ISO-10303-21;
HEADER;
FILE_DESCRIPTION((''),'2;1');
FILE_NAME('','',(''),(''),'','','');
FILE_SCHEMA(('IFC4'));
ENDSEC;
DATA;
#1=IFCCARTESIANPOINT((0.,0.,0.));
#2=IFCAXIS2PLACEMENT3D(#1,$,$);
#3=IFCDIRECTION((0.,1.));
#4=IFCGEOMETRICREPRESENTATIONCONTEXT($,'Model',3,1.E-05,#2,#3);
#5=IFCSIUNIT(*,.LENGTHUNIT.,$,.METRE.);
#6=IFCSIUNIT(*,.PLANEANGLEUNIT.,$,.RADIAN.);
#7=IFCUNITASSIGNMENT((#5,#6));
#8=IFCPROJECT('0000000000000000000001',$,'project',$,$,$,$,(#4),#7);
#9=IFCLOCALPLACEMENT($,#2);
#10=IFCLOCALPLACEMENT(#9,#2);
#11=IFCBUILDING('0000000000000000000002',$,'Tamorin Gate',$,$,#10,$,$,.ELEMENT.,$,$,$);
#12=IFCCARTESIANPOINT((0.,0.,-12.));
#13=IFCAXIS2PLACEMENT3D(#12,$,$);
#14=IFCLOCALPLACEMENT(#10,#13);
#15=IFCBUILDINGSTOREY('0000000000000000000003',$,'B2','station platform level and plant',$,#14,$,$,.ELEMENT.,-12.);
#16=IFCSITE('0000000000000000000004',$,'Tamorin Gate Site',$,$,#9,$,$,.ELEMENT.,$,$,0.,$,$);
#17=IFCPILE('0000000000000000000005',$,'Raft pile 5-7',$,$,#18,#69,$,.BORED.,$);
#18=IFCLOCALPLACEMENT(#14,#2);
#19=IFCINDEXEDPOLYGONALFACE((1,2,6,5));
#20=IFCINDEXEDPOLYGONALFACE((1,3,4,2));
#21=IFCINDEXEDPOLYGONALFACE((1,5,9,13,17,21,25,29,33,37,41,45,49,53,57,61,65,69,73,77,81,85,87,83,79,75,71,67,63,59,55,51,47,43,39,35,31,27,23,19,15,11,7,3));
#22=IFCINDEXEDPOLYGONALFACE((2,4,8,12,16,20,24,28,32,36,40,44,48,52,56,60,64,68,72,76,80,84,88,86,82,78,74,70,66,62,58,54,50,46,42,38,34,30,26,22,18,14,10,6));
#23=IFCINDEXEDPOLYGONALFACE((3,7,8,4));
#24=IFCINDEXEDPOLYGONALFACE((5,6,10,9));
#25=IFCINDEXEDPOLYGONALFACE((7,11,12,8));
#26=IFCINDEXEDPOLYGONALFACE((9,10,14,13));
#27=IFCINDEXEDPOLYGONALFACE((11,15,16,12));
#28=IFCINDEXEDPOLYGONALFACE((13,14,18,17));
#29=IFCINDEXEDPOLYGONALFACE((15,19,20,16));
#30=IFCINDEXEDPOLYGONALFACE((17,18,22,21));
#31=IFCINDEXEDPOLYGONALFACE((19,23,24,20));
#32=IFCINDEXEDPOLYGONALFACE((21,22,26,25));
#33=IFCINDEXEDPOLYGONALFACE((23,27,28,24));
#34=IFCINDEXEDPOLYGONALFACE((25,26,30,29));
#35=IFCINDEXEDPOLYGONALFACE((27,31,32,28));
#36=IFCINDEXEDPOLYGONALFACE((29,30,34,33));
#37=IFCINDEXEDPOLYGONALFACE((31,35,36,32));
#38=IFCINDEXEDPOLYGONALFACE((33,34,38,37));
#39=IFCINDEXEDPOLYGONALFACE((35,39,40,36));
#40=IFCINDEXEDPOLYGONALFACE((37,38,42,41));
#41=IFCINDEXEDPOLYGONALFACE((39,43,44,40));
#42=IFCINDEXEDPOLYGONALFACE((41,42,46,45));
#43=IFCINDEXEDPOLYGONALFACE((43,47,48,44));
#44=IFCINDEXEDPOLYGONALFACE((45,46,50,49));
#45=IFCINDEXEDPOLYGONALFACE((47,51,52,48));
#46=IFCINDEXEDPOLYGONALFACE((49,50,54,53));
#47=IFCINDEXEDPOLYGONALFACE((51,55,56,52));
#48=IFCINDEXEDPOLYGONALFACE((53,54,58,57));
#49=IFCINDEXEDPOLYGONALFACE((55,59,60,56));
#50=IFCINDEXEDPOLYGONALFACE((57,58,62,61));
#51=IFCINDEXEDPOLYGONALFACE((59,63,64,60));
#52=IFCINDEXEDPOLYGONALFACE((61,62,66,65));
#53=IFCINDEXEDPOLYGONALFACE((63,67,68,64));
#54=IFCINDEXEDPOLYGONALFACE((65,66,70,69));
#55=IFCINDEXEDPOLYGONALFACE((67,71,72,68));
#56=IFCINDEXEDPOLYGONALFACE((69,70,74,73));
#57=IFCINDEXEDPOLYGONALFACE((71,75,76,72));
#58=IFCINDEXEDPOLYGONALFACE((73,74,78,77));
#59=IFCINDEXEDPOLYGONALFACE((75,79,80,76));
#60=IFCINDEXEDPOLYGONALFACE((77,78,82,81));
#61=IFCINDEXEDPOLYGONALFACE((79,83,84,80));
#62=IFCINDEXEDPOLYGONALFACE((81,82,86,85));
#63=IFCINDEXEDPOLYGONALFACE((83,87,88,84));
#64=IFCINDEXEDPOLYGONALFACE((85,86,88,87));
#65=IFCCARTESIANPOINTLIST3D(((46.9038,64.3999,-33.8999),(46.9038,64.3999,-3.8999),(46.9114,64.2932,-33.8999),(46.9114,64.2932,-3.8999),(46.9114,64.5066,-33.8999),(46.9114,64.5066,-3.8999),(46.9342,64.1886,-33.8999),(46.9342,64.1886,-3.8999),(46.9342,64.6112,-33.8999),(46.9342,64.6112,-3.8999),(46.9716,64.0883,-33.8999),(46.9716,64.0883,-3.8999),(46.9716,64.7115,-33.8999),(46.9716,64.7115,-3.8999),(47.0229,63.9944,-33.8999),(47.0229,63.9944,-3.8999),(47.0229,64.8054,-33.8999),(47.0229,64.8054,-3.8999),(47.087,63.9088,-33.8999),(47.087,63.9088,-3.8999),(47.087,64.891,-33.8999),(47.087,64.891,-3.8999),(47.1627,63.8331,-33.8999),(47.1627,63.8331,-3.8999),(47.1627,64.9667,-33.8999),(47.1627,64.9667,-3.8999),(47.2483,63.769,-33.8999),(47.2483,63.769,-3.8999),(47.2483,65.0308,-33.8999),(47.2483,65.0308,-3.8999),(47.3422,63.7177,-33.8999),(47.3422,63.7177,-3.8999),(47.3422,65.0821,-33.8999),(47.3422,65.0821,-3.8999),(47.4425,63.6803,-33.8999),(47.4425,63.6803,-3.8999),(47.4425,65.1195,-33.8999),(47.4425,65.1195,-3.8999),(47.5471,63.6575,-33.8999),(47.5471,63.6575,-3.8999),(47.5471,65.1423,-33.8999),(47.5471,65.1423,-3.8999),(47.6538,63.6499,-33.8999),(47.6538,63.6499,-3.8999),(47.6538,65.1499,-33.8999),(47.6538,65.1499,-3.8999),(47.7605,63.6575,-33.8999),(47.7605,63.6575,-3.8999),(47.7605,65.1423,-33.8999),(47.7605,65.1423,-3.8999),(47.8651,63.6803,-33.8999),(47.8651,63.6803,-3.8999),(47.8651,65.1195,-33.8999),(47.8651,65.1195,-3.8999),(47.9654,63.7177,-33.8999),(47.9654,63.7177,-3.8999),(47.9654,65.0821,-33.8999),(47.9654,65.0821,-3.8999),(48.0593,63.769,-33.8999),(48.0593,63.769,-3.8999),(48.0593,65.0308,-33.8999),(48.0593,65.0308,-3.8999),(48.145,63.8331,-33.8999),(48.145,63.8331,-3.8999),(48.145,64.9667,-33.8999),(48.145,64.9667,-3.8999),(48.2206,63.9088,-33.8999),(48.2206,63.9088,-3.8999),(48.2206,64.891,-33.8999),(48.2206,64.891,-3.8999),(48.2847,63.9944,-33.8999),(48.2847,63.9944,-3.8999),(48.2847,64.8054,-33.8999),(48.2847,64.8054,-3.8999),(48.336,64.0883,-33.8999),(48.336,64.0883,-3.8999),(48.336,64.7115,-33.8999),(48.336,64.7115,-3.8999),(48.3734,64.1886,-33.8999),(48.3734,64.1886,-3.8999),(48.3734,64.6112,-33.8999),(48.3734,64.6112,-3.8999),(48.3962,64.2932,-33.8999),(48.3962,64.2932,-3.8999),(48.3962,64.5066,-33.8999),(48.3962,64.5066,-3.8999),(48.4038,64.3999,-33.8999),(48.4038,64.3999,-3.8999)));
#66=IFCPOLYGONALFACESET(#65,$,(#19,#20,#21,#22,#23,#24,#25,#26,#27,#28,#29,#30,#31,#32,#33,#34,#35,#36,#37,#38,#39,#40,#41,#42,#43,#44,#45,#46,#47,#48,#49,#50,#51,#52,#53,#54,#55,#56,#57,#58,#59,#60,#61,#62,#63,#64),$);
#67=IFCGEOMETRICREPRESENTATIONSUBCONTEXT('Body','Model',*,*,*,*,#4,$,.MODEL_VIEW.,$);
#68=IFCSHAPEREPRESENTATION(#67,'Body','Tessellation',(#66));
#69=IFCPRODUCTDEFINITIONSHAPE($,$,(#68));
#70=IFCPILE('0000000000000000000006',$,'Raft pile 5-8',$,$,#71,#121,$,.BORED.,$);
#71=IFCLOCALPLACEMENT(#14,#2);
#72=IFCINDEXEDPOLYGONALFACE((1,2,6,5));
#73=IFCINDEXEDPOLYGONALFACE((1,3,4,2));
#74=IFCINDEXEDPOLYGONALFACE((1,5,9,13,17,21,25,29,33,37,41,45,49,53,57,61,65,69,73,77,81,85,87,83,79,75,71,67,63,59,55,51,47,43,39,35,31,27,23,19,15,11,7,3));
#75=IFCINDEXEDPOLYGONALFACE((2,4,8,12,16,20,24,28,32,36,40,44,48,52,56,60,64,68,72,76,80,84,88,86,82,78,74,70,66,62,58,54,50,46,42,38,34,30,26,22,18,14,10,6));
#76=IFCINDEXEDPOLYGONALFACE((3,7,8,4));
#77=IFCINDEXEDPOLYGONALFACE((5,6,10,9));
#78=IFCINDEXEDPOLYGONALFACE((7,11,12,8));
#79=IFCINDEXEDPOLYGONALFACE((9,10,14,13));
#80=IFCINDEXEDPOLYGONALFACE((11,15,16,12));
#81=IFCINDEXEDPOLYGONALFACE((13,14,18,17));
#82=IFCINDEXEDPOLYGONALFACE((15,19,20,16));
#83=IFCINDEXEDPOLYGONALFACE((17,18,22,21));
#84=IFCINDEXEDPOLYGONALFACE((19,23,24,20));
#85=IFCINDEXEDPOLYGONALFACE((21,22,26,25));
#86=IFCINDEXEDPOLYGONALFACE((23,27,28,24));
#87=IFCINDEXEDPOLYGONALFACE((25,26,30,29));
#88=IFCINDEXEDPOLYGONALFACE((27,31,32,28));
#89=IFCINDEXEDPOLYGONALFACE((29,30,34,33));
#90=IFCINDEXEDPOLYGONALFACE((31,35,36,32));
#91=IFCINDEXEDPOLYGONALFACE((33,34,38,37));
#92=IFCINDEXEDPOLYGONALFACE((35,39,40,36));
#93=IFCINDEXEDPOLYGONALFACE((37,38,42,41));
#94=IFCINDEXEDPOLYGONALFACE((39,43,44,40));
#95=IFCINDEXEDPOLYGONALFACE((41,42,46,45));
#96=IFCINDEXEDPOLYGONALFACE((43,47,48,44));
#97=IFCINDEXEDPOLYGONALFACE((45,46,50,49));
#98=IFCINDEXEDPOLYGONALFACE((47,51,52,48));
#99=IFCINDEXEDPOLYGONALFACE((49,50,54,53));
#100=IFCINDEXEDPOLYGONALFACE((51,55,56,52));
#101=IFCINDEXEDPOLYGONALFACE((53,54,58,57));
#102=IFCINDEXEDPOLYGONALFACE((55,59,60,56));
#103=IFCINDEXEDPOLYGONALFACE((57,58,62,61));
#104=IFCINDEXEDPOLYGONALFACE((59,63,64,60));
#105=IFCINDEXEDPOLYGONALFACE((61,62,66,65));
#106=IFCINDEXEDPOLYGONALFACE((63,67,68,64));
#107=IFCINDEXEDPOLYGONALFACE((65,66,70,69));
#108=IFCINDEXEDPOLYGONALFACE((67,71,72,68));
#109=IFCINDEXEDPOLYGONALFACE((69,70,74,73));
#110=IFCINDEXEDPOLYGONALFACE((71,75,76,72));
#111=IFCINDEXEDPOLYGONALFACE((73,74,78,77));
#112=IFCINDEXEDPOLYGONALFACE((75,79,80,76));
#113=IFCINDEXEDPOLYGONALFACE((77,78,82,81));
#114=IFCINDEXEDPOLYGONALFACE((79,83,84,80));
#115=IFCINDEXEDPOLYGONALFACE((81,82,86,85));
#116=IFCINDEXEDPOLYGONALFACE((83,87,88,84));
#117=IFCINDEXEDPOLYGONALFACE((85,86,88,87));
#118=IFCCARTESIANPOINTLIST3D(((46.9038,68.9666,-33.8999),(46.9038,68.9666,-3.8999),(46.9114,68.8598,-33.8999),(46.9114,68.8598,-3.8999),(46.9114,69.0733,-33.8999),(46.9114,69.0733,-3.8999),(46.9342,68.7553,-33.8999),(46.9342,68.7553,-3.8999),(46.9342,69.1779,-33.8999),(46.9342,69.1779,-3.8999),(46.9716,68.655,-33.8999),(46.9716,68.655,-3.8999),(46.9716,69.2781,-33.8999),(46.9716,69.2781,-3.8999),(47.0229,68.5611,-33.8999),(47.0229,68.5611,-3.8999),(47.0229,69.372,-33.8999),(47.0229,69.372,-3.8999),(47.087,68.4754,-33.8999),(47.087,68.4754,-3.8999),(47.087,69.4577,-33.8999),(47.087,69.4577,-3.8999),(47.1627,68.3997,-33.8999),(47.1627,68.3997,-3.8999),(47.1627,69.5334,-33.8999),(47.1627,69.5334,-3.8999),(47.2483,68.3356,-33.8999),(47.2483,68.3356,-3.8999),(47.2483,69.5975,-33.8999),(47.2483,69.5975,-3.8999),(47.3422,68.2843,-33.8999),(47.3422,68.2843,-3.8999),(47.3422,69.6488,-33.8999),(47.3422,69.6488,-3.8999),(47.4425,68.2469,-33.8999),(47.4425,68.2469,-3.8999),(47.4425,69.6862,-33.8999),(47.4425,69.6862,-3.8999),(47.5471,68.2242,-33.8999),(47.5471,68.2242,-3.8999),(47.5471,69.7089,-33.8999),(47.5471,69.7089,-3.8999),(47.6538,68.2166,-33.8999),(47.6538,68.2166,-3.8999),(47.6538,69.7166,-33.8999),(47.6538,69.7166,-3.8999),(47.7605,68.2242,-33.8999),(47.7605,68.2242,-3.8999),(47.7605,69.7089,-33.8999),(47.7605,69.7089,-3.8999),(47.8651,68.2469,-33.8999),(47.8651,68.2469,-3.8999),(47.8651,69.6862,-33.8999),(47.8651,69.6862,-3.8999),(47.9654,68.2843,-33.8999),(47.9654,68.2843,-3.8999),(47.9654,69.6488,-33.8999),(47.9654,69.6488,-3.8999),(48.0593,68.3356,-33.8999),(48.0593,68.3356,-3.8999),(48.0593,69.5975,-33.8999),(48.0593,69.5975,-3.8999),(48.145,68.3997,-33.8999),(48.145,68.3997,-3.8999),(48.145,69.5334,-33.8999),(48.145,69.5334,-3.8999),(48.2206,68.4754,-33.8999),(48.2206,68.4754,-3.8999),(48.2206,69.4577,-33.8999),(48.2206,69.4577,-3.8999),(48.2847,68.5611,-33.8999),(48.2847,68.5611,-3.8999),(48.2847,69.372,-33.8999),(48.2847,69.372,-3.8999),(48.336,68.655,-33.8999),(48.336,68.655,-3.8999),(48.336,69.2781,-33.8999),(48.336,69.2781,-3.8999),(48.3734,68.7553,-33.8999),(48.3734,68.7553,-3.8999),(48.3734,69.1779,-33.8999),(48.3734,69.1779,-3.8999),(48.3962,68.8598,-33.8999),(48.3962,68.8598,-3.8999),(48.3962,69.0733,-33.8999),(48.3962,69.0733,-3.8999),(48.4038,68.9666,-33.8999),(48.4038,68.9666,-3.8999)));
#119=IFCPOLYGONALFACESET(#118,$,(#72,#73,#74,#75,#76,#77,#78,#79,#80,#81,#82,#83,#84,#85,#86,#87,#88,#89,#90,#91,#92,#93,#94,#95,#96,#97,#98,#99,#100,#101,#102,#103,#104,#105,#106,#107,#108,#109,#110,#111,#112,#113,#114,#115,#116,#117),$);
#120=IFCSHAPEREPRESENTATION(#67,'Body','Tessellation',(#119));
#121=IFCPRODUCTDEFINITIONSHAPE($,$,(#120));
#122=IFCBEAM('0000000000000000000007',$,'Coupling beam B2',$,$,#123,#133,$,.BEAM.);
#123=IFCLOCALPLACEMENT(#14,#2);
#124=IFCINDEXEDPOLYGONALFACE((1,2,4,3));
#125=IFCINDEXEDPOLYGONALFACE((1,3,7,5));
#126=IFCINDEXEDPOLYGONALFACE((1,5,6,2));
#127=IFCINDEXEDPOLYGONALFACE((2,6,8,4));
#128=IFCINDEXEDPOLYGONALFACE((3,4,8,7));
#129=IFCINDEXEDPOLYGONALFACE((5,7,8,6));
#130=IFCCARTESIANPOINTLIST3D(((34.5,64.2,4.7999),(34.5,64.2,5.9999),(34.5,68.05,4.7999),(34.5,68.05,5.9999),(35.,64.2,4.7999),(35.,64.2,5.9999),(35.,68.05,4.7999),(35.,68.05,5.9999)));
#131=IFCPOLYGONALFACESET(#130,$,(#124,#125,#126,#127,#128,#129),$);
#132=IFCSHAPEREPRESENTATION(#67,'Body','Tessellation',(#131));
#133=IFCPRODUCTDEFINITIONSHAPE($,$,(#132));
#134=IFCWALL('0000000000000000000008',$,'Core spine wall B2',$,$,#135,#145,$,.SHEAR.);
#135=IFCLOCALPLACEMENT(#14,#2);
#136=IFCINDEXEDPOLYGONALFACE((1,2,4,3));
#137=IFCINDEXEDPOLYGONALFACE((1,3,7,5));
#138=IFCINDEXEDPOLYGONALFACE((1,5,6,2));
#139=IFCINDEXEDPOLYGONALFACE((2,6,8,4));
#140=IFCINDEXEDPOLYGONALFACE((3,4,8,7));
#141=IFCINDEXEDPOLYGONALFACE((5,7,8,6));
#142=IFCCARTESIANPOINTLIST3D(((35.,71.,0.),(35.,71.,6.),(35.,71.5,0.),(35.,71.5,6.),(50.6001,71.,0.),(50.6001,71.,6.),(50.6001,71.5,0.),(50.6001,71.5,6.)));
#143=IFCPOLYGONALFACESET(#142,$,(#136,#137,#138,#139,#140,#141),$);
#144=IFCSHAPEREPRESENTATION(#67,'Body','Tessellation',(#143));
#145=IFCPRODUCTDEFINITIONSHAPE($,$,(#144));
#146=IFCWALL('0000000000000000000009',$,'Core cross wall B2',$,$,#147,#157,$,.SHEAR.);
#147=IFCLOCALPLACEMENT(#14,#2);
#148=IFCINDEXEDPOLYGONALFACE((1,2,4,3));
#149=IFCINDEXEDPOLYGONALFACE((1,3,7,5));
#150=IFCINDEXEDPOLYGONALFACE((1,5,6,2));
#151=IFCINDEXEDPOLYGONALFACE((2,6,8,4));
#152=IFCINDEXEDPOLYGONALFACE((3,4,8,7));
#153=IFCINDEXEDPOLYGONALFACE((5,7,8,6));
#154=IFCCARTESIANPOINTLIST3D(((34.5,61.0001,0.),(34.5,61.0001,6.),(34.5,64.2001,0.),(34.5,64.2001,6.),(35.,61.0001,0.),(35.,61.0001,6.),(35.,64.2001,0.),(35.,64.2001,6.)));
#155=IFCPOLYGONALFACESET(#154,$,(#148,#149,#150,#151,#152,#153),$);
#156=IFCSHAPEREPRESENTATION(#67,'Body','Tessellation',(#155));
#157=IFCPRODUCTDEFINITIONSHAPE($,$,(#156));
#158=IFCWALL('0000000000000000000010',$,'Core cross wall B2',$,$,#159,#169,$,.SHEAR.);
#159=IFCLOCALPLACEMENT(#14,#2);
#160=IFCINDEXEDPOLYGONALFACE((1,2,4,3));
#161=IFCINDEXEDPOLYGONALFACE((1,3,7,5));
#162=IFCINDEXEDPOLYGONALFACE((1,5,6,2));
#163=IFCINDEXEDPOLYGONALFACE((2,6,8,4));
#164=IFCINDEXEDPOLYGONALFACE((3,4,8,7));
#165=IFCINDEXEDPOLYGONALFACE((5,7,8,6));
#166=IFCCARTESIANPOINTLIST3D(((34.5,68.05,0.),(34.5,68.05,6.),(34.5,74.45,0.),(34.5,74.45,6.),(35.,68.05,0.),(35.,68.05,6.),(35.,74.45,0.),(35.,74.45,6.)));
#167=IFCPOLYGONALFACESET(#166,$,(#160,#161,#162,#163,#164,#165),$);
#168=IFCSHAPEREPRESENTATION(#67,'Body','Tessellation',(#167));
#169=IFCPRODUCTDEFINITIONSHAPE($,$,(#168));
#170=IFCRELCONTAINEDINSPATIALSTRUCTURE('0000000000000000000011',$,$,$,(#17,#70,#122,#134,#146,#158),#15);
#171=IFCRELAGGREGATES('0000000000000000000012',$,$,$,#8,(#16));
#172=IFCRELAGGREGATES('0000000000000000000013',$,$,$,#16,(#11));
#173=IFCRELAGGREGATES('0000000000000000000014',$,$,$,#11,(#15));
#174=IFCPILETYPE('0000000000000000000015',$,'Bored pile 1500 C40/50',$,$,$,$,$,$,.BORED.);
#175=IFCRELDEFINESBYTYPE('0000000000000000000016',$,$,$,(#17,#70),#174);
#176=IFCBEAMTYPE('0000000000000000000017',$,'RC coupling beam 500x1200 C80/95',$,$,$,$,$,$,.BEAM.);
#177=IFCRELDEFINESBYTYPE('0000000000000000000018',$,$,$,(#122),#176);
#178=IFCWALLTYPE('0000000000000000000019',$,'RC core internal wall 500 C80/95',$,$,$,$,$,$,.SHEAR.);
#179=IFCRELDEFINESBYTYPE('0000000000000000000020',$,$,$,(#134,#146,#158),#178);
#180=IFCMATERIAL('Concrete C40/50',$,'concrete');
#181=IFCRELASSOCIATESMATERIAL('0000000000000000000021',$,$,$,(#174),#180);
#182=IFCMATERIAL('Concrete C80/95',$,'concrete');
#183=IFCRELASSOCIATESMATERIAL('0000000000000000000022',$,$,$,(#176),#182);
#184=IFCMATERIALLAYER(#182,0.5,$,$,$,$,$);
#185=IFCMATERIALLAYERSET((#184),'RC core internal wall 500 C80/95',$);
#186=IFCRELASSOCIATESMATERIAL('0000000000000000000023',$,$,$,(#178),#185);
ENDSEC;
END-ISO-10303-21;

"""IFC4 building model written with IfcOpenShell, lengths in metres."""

from ifc_helpers import new_model, si_unit, direction, frame, frame_2d, origin, origin_2d, place, context, subcontext, project, spatial, rectangle, circle, extrude, material, layer, layer_set, material_profile, profile_set, type_object, element, save


model = new_model("IFC4")

# Units and contexts
model_context = context("Model", 3, precision=1e-05, world=origin(), true_north=direction((0.0, 1.0)))
body_context = subcontext(model_context, "Body", "Model", "MODEL_VIEW")
ifc_project = project(units=[si_unit("LENGTHUNIT", "METRE"), si_unit("PLANEANGLEUNIT", "RADIAN")], contexts=[model_context])

# Site, building, storey
site_placement = place(None, origin())
site = spatial("IfcSite", under=ifc_project, at=site_placement, Name="Tamorin Gate Site", CompositionType="ELEMENT", RefElevation=0.0)
building_placement = place(site_placement, origin())
building = spatial("IfcBuilding", under=site, at=building_placement, Name="Tamorin Gate", CompositionType="ELEMENT")
storey_placement = place(building_placement, frame((0.0, 0.0, -12.0)))
storey = spatial("IfcBuildingStorey", under=building, at=storey_placement, Name="B2", Description="station platform level and plant", CompositionType="ELEMENT", Elevation=-12.0)

# Piles
ifc_material_1 = material(Name="Concrete C40/50", Category="concrete")
ifc_material_profile_1 = material_profile(ifc_material_1, circle(Radius=0.75, at=origin_2d()))
ifc_profile_set_1 = profile_set([ifc_material_profile_1], Name="Concrete C40/50")
pile_type = type_object("IfcPileType", Name="Bored pile 1500 C40/50", PredefinedType="BORED", material=ifc_profile_set_1)
for number, where, z_axis, x_axis, name in (
    (1, (47.6538, 64.3999, -3.8999), (0.0, 0.0, -1.0), (1.0, 0.0, 0.0), "Raft pile 5-7"),
    (2, (47.6538, 68.9666, -3.8999), (0.0, 0.0, -1.0), (1.0, 0.0, 0.0), "Raft pile 5-8"),
):
    element("IfcPile", number, at=place(storey_placement, frame(where, z_axis=z_axis, x_axis=x_axis)), inside=storey, type_object=pile_type, Name=name, PredefinedType="BORED", context=body_context, shape_type="SweptSolid", body=[
        extrude(circle(Radius=0.75, at=origin_2d()), origin(), (0.0, 0.0, 1.0), 30.0),
    ])

# Beam
ifc_material_2 = material(Name="Concrete C80/95", Category="concrete")
ifc_material_profile_2 = material_profile(ifc_material_2, rectangle(XDim=0.5, YDim=1.2, at=origin_2d()), Name="RC 500x1200")
ifc_profile_set_2 = profile_set([ifc_material_profile_2], Name="Concrete C80/95")
beam_type = type_object("IfcBeamType", Name="RC coupling beam 500x1200 C80/95", PredefinedType="BEAM", material=ifc_profile_set_2)
beam_placement = place(storey_placement, frame((34.75, 64.2, 5.3999), z_axis=(0.0, 1.0, 0.0), x_axis=(-1.0, 0.0, 0.0)))
element("IfcBeam", 3, at=beam_placement, inside=storey, type_object=beam_type, Name="Coupling beam B2", PredefinedType="BEAM", context=body_context, shape_type="SweptSolid", body=[
    extrude(rectangle(XDim=0.5, YDim=1.2, at=origin_2d()), origin(), (0.0, 0.0, 1.0), 3.8501),
])

# Walls
ifc_layer_1 = layer(ifc_material_2, 0.5)
ifc_layer_set_1 = layer_set([ifc_layer_1], Name="RC core internal wall 500 C80/95")
wall_type_1 = type_object("IfcWallType", Name="RC core internal wall 500 C80/95", PredefinedType="SHEAR", material=ifc_layer_set_1)
wall_1_placement = place(storey_placement, frame((35.0, 71.25, 0.0), z_axis=(0.0, 0.0, 1.0), x_axis=(1.0, 0.0, 0.0)))
element("IfcWall", 4, at=wall_1_placement, inside=storey, type_object=wall_type_1, Name="Core spine wall B2", PredefinedType="SHEAR", context=body_context, shape_type="SweptSolid", body=[
    extrude(rectangle(XDim=15.6001, YDim=0.5, at=frame_2d((7.8, 0.0))), origin(), (0.0, 0.0, 1.0), 6.0),
])
wall_2_placement = place(storey_placement, frame((34.75, 61.0, 0.0), z_axis=(0.0, 0.0, 1.0), x_axis=(0.0, 1.0, 0.0)))
element("IfcWall", 5, at=wall_2_placement, inside=storey, type_object=wall_type_1, Name="Core cross wall B2", PredefinedType="SHEAR", context=body_context, shape_type="SweptSolid", body=[
    extrude(rectangle(XDim=3.2, YDim=0.5, at=frame_2d((1.6001, 0.0))), origin(), (0.0, 0.0, 1.0), 6.0),
])
wall_3_placement = place(storey_placement, frame((34.75, 68.05, 0.0), z_axis=(0.0, 0.0, 1.0), x_axis=(0.0, 1.0, 0.0)))
element("IfcWall", 6, at=wall_3_placement, inside=storey, type_object=wall_type_1, Name="Core cross wall B2", PredefinedType="SHEAR", context=body_context, shape_type="SweptSolid", body=[
    extrude(rectangle(XDim=6.3999, YDim=0.5, at=frame_2d((3.2, 0.0))), origin(), (0.0, 0.0, 1.0), 6.0),
])

save(model, "model.ifc")
